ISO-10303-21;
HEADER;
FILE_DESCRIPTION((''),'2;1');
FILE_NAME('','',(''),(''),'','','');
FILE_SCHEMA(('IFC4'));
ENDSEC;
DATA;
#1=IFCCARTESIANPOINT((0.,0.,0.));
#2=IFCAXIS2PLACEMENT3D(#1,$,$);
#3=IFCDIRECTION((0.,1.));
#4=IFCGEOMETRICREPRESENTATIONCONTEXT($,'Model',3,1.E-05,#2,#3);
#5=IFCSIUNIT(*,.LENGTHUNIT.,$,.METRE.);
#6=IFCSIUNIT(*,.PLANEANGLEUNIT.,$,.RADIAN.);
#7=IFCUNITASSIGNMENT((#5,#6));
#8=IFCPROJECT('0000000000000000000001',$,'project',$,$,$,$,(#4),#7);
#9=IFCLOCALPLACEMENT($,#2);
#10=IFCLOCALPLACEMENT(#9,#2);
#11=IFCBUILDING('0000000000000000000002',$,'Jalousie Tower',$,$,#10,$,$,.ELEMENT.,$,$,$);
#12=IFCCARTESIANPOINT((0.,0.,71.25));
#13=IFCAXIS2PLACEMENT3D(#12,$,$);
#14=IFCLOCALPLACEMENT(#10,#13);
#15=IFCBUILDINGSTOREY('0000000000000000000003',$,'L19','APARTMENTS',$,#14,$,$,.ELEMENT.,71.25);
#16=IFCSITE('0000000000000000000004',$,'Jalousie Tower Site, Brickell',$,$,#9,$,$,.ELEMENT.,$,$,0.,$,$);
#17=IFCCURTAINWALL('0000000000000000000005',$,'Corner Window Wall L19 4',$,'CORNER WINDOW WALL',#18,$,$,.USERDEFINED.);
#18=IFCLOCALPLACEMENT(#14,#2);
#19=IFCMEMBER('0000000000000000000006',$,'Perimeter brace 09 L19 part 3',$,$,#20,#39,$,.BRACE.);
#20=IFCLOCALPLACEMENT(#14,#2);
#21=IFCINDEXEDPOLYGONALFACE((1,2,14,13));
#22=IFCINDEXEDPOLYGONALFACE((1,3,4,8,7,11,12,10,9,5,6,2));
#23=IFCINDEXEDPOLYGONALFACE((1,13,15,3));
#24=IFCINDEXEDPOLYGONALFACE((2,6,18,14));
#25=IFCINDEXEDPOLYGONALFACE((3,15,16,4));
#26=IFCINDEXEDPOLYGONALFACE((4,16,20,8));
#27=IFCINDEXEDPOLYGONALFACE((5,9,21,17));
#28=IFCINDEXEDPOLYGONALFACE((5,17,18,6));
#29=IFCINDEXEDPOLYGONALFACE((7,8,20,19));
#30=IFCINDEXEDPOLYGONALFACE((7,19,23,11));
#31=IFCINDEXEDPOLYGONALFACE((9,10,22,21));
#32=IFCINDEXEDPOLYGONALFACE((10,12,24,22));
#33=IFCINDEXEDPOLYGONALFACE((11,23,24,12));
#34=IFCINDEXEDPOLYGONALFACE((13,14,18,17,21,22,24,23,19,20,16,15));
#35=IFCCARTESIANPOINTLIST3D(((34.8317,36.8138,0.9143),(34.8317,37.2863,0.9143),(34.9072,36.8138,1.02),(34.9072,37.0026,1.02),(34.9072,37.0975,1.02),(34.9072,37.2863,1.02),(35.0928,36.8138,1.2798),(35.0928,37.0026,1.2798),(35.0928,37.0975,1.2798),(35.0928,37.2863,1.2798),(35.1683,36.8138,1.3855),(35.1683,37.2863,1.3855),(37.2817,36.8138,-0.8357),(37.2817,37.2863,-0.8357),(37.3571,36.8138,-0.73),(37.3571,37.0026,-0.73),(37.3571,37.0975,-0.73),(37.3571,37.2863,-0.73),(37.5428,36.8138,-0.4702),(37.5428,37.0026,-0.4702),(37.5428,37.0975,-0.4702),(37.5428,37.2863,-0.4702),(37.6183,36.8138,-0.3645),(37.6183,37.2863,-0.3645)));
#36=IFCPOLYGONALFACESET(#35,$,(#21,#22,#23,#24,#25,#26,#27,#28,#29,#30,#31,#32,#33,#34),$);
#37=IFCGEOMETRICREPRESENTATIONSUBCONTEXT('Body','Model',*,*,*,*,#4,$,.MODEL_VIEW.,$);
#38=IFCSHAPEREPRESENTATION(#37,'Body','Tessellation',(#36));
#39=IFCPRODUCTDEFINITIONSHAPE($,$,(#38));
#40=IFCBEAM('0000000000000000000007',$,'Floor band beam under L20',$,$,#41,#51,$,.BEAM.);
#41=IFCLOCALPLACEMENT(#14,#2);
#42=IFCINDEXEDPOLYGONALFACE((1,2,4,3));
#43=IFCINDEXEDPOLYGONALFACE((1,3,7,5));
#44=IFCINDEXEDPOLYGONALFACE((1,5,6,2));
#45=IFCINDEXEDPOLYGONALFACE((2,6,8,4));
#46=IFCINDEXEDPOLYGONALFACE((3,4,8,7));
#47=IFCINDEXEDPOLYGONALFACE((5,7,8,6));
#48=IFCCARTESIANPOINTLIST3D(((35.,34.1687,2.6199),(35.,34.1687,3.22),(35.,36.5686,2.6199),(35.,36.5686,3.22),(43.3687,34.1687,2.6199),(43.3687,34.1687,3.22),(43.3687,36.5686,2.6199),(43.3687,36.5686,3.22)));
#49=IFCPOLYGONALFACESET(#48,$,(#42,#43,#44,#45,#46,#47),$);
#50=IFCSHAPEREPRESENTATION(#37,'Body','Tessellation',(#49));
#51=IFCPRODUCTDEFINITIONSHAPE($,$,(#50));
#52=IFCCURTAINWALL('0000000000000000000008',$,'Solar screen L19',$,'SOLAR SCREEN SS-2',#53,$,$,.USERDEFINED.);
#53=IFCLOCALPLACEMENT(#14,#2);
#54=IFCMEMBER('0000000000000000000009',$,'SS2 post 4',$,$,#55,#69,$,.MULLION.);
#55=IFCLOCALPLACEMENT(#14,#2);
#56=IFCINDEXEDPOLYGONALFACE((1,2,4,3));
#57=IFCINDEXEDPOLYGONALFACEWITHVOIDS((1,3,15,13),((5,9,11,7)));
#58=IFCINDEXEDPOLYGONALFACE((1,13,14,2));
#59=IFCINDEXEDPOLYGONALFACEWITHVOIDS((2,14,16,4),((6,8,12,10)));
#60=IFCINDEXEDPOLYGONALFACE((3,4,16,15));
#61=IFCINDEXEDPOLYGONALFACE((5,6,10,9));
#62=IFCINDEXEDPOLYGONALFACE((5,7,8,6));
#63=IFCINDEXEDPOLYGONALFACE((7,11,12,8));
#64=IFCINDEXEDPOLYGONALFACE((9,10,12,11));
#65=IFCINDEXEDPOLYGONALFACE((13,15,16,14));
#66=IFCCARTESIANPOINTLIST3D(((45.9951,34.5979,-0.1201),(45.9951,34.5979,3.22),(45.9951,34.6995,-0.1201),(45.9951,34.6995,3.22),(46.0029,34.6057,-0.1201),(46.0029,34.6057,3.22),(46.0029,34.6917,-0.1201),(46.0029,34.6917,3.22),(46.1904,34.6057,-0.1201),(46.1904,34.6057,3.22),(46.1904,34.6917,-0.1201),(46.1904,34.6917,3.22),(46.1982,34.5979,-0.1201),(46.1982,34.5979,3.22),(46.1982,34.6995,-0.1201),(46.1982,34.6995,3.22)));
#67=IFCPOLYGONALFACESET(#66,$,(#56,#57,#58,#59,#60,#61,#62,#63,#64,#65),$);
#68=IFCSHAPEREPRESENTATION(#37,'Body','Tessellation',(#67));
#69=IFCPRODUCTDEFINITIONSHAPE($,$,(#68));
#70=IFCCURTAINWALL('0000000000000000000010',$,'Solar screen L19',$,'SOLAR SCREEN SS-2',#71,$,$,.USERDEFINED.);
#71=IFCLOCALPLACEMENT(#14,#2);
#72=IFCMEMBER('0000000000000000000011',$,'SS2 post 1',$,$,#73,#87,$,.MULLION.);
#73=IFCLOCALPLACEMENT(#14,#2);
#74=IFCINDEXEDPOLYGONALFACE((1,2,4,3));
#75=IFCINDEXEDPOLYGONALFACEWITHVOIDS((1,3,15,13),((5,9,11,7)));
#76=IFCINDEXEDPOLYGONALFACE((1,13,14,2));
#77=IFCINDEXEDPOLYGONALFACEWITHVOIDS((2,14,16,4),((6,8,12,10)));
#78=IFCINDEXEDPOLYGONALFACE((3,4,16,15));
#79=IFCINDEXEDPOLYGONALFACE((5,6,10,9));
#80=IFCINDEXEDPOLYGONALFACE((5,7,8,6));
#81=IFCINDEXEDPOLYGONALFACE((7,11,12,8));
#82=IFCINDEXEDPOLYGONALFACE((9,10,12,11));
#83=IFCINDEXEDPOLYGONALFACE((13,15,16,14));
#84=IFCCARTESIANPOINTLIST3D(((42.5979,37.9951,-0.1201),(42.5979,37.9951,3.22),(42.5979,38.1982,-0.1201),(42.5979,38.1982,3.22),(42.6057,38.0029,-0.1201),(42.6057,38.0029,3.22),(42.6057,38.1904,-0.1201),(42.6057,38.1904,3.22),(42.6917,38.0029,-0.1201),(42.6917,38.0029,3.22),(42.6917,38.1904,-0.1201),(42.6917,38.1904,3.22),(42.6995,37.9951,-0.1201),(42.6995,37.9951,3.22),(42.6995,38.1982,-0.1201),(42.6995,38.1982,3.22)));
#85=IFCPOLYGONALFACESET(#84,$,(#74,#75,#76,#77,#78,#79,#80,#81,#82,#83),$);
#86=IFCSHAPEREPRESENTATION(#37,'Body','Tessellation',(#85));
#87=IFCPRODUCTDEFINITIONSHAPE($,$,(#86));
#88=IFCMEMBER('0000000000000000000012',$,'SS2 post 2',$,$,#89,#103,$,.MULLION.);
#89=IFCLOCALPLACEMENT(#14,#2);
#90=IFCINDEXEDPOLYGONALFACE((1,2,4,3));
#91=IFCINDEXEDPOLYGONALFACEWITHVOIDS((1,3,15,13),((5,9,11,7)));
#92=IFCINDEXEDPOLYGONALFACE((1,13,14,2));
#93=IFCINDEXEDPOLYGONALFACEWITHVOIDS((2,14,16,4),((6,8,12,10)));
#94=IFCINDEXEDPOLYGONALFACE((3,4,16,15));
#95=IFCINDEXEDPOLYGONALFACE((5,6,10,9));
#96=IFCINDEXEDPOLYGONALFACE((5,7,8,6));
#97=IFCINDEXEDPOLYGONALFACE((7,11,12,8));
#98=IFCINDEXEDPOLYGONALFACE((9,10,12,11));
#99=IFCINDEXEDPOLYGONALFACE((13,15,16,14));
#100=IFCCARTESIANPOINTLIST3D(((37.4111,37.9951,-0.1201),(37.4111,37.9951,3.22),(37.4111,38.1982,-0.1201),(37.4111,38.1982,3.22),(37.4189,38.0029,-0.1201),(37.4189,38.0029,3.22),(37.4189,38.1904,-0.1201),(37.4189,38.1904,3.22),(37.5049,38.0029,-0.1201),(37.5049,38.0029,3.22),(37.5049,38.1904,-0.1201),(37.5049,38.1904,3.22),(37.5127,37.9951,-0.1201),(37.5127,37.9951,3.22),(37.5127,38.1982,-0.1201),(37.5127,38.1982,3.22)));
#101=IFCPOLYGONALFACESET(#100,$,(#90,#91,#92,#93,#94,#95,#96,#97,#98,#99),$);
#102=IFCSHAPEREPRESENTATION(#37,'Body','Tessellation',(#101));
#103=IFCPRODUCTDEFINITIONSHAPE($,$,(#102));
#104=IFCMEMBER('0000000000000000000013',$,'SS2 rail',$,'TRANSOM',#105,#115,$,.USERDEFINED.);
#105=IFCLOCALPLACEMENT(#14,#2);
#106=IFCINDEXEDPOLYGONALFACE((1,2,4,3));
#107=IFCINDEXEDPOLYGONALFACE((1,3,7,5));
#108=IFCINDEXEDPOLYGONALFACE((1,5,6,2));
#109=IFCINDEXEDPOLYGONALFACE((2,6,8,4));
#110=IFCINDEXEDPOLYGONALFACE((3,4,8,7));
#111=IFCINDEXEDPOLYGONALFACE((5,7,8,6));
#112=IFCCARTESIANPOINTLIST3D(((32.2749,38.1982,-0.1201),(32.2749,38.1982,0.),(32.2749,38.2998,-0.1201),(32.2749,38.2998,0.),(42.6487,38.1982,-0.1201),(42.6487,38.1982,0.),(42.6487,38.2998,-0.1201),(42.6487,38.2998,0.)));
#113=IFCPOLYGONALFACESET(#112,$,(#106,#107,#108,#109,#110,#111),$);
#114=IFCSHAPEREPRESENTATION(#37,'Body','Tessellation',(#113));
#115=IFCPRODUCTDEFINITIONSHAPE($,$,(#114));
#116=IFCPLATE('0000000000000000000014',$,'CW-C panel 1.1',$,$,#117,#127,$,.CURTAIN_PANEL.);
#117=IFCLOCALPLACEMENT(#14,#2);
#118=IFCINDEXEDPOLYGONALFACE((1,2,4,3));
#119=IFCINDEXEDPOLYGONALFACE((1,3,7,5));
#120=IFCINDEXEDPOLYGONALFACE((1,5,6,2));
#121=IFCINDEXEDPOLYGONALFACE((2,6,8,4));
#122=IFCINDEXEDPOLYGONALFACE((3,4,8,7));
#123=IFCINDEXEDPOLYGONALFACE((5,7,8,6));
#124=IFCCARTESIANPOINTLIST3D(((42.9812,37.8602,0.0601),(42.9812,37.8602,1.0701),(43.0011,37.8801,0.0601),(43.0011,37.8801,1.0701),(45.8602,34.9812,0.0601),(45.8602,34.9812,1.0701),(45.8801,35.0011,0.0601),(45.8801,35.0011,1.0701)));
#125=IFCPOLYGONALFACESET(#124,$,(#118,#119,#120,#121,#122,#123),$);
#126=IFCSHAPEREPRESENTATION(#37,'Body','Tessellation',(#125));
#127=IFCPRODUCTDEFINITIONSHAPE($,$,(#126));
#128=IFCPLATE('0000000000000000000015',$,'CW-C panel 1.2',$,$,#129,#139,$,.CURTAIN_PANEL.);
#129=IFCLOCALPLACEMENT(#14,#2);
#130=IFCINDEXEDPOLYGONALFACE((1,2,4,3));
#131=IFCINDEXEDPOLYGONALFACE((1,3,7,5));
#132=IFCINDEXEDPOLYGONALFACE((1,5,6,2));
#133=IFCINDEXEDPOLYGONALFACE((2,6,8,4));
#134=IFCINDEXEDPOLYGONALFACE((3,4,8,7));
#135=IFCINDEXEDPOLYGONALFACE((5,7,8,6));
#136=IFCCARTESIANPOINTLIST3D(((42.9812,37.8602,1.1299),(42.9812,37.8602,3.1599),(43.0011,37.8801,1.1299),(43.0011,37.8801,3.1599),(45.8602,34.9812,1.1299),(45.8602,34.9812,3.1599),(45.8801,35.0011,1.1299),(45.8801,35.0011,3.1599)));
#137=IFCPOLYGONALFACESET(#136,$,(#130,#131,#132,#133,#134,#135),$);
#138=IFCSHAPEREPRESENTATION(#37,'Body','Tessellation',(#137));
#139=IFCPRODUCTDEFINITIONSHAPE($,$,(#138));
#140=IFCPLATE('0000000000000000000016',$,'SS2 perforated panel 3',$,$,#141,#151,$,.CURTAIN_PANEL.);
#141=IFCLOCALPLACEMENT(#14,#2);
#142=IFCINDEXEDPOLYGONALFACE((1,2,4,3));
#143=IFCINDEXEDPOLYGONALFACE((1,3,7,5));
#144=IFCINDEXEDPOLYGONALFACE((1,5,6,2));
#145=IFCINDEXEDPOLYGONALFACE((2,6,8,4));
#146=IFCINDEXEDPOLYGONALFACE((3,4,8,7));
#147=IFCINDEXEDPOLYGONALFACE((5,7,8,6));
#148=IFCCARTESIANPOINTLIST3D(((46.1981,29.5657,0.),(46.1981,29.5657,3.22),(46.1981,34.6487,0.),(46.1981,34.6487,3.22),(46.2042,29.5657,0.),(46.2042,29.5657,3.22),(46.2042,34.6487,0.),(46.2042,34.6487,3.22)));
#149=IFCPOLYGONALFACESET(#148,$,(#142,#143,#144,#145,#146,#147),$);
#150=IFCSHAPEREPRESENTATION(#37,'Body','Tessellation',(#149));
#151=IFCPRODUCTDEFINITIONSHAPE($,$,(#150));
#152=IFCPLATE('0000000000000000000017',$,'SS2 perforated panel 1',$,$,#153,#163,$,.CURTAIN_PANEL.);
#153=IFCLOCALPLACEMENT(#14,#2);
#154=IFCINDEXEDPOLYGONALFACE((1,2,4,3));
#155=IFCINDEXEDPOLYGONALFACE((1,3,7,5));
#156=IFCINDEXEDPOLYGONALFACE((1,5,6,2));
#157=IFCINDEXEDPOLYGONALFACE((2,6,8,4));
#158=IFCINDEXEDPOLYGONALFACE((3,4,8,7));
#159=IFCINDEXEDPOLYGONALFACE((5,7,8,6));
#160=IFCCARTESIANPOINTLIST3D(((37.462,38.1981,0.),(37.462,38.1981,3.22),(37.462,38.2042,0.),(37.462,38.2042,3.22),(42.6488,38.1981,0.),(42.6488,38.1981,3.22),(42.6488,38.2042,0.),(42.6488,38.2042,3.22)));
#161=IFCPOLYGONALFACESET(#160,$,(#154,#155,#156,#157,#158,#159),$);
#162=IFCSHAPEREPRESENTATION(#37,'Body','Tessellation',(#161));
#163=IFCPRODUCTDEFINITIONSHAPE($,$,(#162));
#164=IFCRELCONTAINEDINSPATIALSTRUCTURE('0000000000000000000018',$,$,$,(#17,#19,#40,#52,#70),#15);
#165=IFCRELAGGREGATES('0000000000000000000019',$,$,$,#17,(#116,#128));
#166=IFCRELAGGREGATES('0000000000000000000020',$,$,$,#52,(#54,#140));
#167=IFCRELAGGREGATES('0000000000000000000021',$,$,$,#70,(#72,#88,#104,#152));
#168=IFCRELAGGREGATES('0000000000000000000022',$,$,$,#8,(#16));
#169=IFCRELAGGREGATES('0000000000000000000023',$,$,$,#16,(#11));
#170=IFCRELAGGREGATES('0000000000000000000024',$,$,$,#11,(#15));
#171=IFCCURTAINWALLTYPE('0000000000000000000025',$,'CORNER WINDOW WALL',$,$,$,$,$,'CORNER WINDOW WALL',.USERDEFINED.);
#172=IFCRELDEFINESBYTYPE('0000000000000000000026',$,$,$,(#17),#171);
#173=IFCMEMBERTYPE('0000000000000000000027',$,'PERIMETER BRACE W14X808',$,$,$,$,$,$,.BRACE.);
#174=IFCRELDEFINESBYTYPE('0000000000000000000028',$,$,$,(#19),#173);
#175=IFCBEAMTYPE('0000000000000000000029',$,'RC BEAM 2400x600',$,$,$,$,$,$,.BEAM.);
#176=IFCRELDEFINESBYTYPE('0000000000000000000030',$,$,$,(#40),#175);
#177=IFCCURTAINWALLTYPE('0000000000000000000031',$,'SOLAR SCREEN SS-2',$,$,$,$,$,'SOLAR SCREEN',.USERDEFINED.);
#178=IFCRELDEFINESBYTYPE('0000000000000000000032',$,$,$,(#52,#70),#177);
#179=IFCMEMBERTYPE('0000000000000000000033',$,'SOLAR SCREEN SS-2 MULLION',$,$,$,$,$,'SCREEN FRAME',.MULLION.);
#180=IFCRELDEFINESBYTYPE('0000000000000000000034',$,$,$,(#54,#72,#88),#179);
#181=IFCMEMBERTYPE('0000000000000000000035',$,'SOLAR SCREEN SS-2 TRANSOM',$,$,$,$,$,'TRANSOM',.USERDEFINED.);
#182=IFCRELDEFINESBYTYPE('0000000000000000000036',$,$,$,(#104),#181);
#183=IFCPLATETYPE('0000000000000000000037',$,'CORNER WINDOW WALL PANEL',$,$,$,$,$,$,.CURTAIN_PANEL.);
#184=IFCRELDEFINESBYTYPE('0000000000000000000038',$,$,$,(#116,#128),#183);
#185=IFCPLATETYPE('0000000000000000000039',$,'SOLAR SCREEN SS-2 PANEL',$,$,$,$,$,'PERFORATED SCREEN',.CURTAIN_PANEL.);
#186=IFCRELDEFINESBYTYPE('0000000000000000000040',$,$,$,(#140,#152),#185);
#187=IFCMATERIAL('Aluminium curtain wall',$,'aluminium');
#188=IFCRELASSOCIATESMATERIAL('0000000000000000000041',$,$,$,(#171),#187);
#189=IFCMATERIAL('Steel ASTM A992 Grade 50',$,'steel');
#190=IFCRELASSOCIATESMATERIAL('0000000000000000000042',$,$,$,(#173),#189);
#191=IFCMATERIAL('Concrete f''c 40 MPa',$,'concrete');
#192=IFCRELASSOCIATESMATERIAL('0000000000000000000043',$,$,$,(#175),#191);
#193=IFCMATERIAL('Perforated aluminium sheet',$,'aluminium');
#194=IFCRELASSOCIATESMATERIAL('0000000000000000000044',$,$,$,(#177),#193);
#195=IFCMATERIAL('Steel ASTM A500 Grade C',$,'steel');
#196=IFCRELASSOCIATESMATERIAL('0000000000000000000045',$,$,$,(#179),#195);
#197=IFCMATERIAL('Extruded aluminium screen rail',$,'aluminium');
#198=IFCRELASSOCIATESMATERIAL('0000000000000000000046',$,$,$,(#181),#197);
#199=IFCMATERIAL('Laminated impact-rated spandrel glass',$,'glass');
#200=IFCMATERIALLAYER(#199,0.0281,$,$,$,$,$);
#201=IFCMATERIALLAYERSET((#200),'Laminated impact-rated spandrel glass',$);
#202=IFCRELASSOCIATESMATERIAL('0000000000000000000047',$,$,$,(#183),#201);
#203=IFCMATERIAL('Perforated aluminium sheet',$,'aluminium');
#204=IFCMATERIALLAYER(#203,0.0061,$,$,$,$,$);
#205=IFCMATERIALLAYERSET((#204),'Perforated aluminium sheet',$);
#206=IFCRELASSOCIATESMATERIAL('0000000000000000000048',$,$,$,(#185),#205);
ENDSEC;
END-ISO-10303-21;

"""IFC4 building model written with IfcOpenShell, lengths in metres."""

from ifc_helpers import new_model, si_unit, direction, frame, origin, origin_2d, place, context, subcontext, project, spatial, rectangle, hollow_rectangle, i_section, extrude, material, layer, layer_set, material_profile, profile_set, type_object, element, aggregate, save


model = new_model("IFC4")

# Units and contexts
model_context = context("Model", 3, precision=1e-05, world=origin(), true_north=direction((0.0, 1.0)))
body_context = subcontext(model_context, "Body", "Model", "MODEL_VIEW")
ifc_project = project(units=[si_unit("LENGTHUNIT", "METRE"), si_unit("PLANEANGLEUNIT", "RADIAN")], contexts=[model_context])

# Site, building, storey
site_placement = place(None, origin())
site = spatial("IfcSite", under=ifc_project, at=site_placement, Name="Jalousie Tower Site, Brickell", CompositionType="ELEMENT", RefElevation=0.0)
building_placement = place(site_placement, origin())
building = spatial("IfcBuilding", under=site, at=building_placement, Name="Jalousie Tower", CompositionType="ELEMENT")
storey_placement = place(building_placement, frame((0.0, 0.0, 71.25)))
storey = spatial("IfcBuildingStorey", under=building, at=storey_placement, Name="L19", Description="APARTMENTS", CompositionType="ELEMENT", Elevation=71.25)

# Curtain wall
ifc_material_1 = material(Name="Aluminium curtain wall", Category="aluminium")
curtain_wall_type_1 = type_object("IfcCurtainWallType", Name="CORNER WINDOW WALL", ElementType="CORNER WINDOW WALL", PredefinedType="USERDEFINED", material=ifc_material_1)
curtain_wall_1_placement = place(storey_placement, origin())
curtain_wall_1 = element("IfcCurtainWall", 1, at=curtain_wall_1_placement, inside=storey, type_object=curtain_wall_type_1, Name="Corner Window Wall L19 4", ObjectType="CORNER WINDOW WALL", PredefinedType="USERDEFINED")

# Member
ifc_material_2 = material(Name="Steel ASTM A992 Grade 50", Category="steel")
ifc_material_profile_1 = material_profile(ifc_material_2, i_section(OverallWidth=0.4724, OverallDepth=0.5791, WebThickness=0.095, FlangeThickness=0.1299, at=origin_2d()), Name="W14X808")
ifc_profile_set_1 = profile_set([ifc_material_profile_1], Name="Steel ASTM A992 Grade 50")
member_type_1 = type_object("IfcMemberType", Name="PERIMETER BRACE W14X808", PredefinedType="BRACE", material=ifc_profile_set_1)
member_1_placement = place(storey_placement, frame((37.45, 37.05, -0.6001), z_axis=(-0.813728, 0.0, 0.581246), x_axis=(0.0, -1.0, 0.0)))
element("IfcMember", 2, at=member_1_placement, inside=storey, type_object=member_type_1, Name="Perimeter brace 09 L19 part 3", PredefinedType="BRACE", context=body_context, shape_type="SweptSolid", body=[
    extrude(i_section(OverallWidth=0.4724, OverallDepth=0.5791, WebThickness=0.095, FlangeThickness=0.1299, at=origin_2d()), origin(), (0.0, 0.0, 1.0), 3.0107),
])

# Beam
ifc_material_3 = material(Name="Concrete f'c 40 MPa", Category="concrete")
ifc_material_profile_2 = material_profile(ifc_material_3, rectangle(XDim=2.3999, YDim=0.6001, at=origin_2d()), Name="RC 2400x600")
ifc_profile_set_2 = profile_set([ifc_material_profile_2], Name="Concrete f'c 40 MPa")
beam_type = type_object("IfcBeamType", Name="RC BEAM 2400x600", PredefinedType="BEAM", material=ifc_profile_set_2)
beam_placement = place(storey_placement, frame((43.3687, 35.3687, 2.9199), z_axis=(-1.0, 0.0, 0.0), x_axis=(0.0, -1.0, 0.0)))
element("IfcBeam", 3, at=beam_placement, inside=storey, type_object=beam_type, Name="Floor band beam under L20", PredefinedType="BEAM", context=body_context, shape_type="SweptSolid", body=[
    extrude(rectangle(XDim=2.3999, YDim=0.6001, at=origin_2d()), origin(), (0.0, 0.0, 1.0), 8.3687),
])

# Curtain wall, member
ifc_material_4 = material(Name="Perforated aluminium sheet", Category="aluminium")
curtain_wall_type_2 = type_object("IfcCurtainWallType", Name="SOLAR SCREEN SS-2", ElementType="SOLAR SCREEN", PredefinedType="USERDEFINED", material=ifc_material_4)
curtain_wall_2_placement = place(storey_placement, origin())
curtain_wall_2 = element("IfcCurtainWall", 4, at=curtain_wall_2_placement, inside=storey, type_object=curtain_wall_type_2, Name="Solar screen L19", ObjectType="SOLAR SCREEN SS-2", PredefinedType="USERDEFINED")
ifc_material_5 = material(Name="Steel ASTM A500 Grade C", Category="steel")
ifc_material_profile_3 = material_profile(ifc_material_5, hollow_rectangle(XDim=0.1016, YDim=0.2031, WallThickness=0.0078, at=origin_2d()), Name="HSS8X4X5/16")
ifc_profile_set_3 = profile_set([ifc_material_profile_3], Name="Steel ASTM A500 Grade C")
member_type_2 = type_object("IfcMemberType", Name="SOLAR SCREEN SS-2 MULLION", ElementType="SCREEN FRAME", PredefinedType="MULLION", material=ifc_profile_set_3)
member_2_placement = place(storey_placement, frame((46.0967, 34.6487, -0.1201), z_axis=(0.0, 0.0, 1.0), x_axis=(0.0, 1.0, 0.0)))
member_2 = element("IfcMember", 5, at=member_2_placement, type_object=member_type_2, Name="SS2 post 4", PredefinedType="MULLION", context=body_context, shape_type="SweptSolid", body=[
    extrude(hollow_rectangle(XDim=0.1016, YDim=0.2031, WallThickness=0.0078, at=origin_2d()), origin(), (0.0, 0.0, 1.0), 3.3401),
])

# Curtain wall, members
curtain_wall_3_placement = place(storey_placement, origin())
curtain_wall_3 = element("IfcCurtainWall", 6, at=curtain_wall_3_placement, inside=storey, type_object=curtain_wall_type_2, Name="Solar screen L19", ObjectType="SOLAR SCREEN SS-2", PredefinedType="USERDEFINED")
member_3_placement = place(storey_placement, frame((42.6487, 38.0967, -0.1201), z_axis=(0.0, 0.0, 1.0), x_axis=(-1.0, 0.0, 0.0)))
member_3 = element("IfcMember", 7, at=member_3_placement, type_object=member_type_2, Name="SS2 post 1", PredefinedType="MULLION", context=body_context, shape_type="SweptSolid", body=[
    extrude(hollow_rectangle(XDim=0.1016, YDim=0.2031, WallThickness=0.0078, at=origin_2d()), origin(), (0.0, 0.0, 1.0), 3.3401),
])
member_4_placement = place(storey_placement, frame((37.4619, 38.0967, -0.1201), z_axis=(0.0, 0.0, 1.0), x_axis=(-1.0, 0.0, 0.0)))
member_4 = element("IfcMember", 8, at=member_4_placement, type_object=member_type_2, Name="SS2 post 2", PredefinedType="MULLION", context=body_context, shape_type="SweptSolid", body=[
    extrude(hollow_rectangle(XDim=0.1016, YDim=0.2031, WallThickness=0.0078, at=origin_2d()), origin(), (0.0, 0.0, 1.0), 3.3401),
])
ifc_material_6 = material(Name="Extruded aluminium screen rail", Category="aluminium")
ifc_material_profile_4 = material_profile(ifc_material_6, rectangle(XDim=0.1016, YDim=0.1201, at=origin_2d()), Name="RAIL 102x120")
ifc_profile_set_4 = profile_set([ifc_material_profile_4], Name="Extruded aluminium screen rail")
member_type_3 = type_object("IfcMemberType", Name="SOLAR SCREEN SS-2 TRANSOM", ElementType="TRANSOM", PredefinedType="USERDEFINED", material=ifc_profile_set_4)
member_5_placement = place(storey_placement, frame((42.6487, 38.249, -0.0601), z_axis=(-1.0, 0.0, 0.0), x_axis=(0.0, -1.0, 0.0)))
member_5 = element("IfcMember", 9, at=member_5_placement, type_object=member_type_3, Name="SS2 rail", ObjectType="TRANSOM", PredefinedType="USERDEFINED", context=body_context, shape_type="SweptSolid", body=[
    extrude(rectangle(XDim=0.1016, YDim=0.1201, at=origin_2d()), origin(), (0.0, 0.0, 1.0), 10.3738),
])

# Plates
ifc_material_7 = material(Name="Laminated impact-rated spandrel glass", Category="glass")
ifc_layer_1 = layer(ifc_material_7, 0.0281)
ifc_layer_set_1 = layer_set([ifc_layer_1], Name="Laminated impact-rated spandrel glass")
plate_type_1 = type_object("IfcPlateType", Name="CORNER WINDOW WALL PANEL", PredefinedType="CURTAIN_PANEL", material=ifc_layer_set_1)
plate_1_placement = place(storey_placement, frame((44.4307, 36.4307, 0.0601), z_axis=(0.0, 0.0, 1.0), x_axis=(-0.707107, 0.707107, 0.0)))
plate_1 = element("IfcPlate", 10, at=plate_1_placement, type_object=plate_type_1, Name="CW-C panel 1.1", PredefinedType="CURTAIN_PANEL", context=body_context, shape_type="SweptSolid", body=[
    extrude(rectangle(XDim=4.0715, YDim=0.0281, at=origin_2d()), origin(), (0.0, 0.0, 1.0), 1.01),
])
plate_2_placement = place(storey_placement, frame((44.4307, 36.4307, 1.1299), z_axis=(0.0, 0.0, 1.0), x_axis=(-0.707107, 0.707107, 0.0)))
plate_2 = element("IfcPlate", 11, at=plate_2_placement, type_object=plate_type_1, Name="CW-C panel 1.2", PredefinedType="CURTAIN_PANEL", context=body_context, shape_type="SweptSolid", body=[
    extrude(rectangle(XDim=4.0715, YDim=0.0281, at=origin_2d()), origin(), (0.0, 0.0, 1.0), 2.03),
])
aggregate(curtain_wall_1, [plate_1, plate_2])
ifc_material_8 = material(Name="Perforated aluminium sheet", Category="aluminium")
ifc_layer_2 = layer(ifc_material_8, 0.0061)
ifc_layer_set_2 = layer_set([ifc_layer_2], Name="Perforated aluminium sheet")
plate_type_2 = type_object("IfcPlateType", Name="SOLAR SCREEN SS-2 PANEL", ElementType="PERFORATED SCREEN", PredefinedType="CURTAIN_PANEL", material=ifc_layer_set_2)
plate_3_placement = place(storey_placement, frame((46.2012, 32.1072, 0.0), z_axis=(0.0, 0.0, 1.0), x_axis=(0.0, 1.0, 0.0)))
plate_3 = element("IfcPlate", 12, at=plate_3_placement, type_object=plate_type_2, Name="SS2 perforated panel 3", PredefinedType="CURTAIN_PANEL", context=body_context, shape_type="SweptSolid", body=[
    extrude(rectangle(XDim=5.083, YDim=0.0061, at=origin_2d()), origin(), (0.0, 0.0, 1.0), 3.22),
])
aggregate(curtain_wall_2, [member_2, plate_3])
plate_4_placement = place(storey_placement, frame((40.0554, 38.2012, 0.0), z_axis=(0.0, 0.0, 1.0), x_axis=(-1.0, 0.0, 0.0)))
plate_4 = element("IfcPlate", 13, at=plate_4_placement, type_object=plate_type_2, Name="SS2 perforated panel 1", PredefinedType="CURTAIN_PANEL", context=body_context, shape_type="SweptSolid", body=[
    extrude(rectangle(XDim=5.1868, YDim=0.0061, at=origin_2d()), origin(), (0.0, 0.0, 1.0), 3.22),
])
aggregate(curtain_wall_3, [member_3, member_4, member_5, plate_4])

save(model, "model.ifc")
